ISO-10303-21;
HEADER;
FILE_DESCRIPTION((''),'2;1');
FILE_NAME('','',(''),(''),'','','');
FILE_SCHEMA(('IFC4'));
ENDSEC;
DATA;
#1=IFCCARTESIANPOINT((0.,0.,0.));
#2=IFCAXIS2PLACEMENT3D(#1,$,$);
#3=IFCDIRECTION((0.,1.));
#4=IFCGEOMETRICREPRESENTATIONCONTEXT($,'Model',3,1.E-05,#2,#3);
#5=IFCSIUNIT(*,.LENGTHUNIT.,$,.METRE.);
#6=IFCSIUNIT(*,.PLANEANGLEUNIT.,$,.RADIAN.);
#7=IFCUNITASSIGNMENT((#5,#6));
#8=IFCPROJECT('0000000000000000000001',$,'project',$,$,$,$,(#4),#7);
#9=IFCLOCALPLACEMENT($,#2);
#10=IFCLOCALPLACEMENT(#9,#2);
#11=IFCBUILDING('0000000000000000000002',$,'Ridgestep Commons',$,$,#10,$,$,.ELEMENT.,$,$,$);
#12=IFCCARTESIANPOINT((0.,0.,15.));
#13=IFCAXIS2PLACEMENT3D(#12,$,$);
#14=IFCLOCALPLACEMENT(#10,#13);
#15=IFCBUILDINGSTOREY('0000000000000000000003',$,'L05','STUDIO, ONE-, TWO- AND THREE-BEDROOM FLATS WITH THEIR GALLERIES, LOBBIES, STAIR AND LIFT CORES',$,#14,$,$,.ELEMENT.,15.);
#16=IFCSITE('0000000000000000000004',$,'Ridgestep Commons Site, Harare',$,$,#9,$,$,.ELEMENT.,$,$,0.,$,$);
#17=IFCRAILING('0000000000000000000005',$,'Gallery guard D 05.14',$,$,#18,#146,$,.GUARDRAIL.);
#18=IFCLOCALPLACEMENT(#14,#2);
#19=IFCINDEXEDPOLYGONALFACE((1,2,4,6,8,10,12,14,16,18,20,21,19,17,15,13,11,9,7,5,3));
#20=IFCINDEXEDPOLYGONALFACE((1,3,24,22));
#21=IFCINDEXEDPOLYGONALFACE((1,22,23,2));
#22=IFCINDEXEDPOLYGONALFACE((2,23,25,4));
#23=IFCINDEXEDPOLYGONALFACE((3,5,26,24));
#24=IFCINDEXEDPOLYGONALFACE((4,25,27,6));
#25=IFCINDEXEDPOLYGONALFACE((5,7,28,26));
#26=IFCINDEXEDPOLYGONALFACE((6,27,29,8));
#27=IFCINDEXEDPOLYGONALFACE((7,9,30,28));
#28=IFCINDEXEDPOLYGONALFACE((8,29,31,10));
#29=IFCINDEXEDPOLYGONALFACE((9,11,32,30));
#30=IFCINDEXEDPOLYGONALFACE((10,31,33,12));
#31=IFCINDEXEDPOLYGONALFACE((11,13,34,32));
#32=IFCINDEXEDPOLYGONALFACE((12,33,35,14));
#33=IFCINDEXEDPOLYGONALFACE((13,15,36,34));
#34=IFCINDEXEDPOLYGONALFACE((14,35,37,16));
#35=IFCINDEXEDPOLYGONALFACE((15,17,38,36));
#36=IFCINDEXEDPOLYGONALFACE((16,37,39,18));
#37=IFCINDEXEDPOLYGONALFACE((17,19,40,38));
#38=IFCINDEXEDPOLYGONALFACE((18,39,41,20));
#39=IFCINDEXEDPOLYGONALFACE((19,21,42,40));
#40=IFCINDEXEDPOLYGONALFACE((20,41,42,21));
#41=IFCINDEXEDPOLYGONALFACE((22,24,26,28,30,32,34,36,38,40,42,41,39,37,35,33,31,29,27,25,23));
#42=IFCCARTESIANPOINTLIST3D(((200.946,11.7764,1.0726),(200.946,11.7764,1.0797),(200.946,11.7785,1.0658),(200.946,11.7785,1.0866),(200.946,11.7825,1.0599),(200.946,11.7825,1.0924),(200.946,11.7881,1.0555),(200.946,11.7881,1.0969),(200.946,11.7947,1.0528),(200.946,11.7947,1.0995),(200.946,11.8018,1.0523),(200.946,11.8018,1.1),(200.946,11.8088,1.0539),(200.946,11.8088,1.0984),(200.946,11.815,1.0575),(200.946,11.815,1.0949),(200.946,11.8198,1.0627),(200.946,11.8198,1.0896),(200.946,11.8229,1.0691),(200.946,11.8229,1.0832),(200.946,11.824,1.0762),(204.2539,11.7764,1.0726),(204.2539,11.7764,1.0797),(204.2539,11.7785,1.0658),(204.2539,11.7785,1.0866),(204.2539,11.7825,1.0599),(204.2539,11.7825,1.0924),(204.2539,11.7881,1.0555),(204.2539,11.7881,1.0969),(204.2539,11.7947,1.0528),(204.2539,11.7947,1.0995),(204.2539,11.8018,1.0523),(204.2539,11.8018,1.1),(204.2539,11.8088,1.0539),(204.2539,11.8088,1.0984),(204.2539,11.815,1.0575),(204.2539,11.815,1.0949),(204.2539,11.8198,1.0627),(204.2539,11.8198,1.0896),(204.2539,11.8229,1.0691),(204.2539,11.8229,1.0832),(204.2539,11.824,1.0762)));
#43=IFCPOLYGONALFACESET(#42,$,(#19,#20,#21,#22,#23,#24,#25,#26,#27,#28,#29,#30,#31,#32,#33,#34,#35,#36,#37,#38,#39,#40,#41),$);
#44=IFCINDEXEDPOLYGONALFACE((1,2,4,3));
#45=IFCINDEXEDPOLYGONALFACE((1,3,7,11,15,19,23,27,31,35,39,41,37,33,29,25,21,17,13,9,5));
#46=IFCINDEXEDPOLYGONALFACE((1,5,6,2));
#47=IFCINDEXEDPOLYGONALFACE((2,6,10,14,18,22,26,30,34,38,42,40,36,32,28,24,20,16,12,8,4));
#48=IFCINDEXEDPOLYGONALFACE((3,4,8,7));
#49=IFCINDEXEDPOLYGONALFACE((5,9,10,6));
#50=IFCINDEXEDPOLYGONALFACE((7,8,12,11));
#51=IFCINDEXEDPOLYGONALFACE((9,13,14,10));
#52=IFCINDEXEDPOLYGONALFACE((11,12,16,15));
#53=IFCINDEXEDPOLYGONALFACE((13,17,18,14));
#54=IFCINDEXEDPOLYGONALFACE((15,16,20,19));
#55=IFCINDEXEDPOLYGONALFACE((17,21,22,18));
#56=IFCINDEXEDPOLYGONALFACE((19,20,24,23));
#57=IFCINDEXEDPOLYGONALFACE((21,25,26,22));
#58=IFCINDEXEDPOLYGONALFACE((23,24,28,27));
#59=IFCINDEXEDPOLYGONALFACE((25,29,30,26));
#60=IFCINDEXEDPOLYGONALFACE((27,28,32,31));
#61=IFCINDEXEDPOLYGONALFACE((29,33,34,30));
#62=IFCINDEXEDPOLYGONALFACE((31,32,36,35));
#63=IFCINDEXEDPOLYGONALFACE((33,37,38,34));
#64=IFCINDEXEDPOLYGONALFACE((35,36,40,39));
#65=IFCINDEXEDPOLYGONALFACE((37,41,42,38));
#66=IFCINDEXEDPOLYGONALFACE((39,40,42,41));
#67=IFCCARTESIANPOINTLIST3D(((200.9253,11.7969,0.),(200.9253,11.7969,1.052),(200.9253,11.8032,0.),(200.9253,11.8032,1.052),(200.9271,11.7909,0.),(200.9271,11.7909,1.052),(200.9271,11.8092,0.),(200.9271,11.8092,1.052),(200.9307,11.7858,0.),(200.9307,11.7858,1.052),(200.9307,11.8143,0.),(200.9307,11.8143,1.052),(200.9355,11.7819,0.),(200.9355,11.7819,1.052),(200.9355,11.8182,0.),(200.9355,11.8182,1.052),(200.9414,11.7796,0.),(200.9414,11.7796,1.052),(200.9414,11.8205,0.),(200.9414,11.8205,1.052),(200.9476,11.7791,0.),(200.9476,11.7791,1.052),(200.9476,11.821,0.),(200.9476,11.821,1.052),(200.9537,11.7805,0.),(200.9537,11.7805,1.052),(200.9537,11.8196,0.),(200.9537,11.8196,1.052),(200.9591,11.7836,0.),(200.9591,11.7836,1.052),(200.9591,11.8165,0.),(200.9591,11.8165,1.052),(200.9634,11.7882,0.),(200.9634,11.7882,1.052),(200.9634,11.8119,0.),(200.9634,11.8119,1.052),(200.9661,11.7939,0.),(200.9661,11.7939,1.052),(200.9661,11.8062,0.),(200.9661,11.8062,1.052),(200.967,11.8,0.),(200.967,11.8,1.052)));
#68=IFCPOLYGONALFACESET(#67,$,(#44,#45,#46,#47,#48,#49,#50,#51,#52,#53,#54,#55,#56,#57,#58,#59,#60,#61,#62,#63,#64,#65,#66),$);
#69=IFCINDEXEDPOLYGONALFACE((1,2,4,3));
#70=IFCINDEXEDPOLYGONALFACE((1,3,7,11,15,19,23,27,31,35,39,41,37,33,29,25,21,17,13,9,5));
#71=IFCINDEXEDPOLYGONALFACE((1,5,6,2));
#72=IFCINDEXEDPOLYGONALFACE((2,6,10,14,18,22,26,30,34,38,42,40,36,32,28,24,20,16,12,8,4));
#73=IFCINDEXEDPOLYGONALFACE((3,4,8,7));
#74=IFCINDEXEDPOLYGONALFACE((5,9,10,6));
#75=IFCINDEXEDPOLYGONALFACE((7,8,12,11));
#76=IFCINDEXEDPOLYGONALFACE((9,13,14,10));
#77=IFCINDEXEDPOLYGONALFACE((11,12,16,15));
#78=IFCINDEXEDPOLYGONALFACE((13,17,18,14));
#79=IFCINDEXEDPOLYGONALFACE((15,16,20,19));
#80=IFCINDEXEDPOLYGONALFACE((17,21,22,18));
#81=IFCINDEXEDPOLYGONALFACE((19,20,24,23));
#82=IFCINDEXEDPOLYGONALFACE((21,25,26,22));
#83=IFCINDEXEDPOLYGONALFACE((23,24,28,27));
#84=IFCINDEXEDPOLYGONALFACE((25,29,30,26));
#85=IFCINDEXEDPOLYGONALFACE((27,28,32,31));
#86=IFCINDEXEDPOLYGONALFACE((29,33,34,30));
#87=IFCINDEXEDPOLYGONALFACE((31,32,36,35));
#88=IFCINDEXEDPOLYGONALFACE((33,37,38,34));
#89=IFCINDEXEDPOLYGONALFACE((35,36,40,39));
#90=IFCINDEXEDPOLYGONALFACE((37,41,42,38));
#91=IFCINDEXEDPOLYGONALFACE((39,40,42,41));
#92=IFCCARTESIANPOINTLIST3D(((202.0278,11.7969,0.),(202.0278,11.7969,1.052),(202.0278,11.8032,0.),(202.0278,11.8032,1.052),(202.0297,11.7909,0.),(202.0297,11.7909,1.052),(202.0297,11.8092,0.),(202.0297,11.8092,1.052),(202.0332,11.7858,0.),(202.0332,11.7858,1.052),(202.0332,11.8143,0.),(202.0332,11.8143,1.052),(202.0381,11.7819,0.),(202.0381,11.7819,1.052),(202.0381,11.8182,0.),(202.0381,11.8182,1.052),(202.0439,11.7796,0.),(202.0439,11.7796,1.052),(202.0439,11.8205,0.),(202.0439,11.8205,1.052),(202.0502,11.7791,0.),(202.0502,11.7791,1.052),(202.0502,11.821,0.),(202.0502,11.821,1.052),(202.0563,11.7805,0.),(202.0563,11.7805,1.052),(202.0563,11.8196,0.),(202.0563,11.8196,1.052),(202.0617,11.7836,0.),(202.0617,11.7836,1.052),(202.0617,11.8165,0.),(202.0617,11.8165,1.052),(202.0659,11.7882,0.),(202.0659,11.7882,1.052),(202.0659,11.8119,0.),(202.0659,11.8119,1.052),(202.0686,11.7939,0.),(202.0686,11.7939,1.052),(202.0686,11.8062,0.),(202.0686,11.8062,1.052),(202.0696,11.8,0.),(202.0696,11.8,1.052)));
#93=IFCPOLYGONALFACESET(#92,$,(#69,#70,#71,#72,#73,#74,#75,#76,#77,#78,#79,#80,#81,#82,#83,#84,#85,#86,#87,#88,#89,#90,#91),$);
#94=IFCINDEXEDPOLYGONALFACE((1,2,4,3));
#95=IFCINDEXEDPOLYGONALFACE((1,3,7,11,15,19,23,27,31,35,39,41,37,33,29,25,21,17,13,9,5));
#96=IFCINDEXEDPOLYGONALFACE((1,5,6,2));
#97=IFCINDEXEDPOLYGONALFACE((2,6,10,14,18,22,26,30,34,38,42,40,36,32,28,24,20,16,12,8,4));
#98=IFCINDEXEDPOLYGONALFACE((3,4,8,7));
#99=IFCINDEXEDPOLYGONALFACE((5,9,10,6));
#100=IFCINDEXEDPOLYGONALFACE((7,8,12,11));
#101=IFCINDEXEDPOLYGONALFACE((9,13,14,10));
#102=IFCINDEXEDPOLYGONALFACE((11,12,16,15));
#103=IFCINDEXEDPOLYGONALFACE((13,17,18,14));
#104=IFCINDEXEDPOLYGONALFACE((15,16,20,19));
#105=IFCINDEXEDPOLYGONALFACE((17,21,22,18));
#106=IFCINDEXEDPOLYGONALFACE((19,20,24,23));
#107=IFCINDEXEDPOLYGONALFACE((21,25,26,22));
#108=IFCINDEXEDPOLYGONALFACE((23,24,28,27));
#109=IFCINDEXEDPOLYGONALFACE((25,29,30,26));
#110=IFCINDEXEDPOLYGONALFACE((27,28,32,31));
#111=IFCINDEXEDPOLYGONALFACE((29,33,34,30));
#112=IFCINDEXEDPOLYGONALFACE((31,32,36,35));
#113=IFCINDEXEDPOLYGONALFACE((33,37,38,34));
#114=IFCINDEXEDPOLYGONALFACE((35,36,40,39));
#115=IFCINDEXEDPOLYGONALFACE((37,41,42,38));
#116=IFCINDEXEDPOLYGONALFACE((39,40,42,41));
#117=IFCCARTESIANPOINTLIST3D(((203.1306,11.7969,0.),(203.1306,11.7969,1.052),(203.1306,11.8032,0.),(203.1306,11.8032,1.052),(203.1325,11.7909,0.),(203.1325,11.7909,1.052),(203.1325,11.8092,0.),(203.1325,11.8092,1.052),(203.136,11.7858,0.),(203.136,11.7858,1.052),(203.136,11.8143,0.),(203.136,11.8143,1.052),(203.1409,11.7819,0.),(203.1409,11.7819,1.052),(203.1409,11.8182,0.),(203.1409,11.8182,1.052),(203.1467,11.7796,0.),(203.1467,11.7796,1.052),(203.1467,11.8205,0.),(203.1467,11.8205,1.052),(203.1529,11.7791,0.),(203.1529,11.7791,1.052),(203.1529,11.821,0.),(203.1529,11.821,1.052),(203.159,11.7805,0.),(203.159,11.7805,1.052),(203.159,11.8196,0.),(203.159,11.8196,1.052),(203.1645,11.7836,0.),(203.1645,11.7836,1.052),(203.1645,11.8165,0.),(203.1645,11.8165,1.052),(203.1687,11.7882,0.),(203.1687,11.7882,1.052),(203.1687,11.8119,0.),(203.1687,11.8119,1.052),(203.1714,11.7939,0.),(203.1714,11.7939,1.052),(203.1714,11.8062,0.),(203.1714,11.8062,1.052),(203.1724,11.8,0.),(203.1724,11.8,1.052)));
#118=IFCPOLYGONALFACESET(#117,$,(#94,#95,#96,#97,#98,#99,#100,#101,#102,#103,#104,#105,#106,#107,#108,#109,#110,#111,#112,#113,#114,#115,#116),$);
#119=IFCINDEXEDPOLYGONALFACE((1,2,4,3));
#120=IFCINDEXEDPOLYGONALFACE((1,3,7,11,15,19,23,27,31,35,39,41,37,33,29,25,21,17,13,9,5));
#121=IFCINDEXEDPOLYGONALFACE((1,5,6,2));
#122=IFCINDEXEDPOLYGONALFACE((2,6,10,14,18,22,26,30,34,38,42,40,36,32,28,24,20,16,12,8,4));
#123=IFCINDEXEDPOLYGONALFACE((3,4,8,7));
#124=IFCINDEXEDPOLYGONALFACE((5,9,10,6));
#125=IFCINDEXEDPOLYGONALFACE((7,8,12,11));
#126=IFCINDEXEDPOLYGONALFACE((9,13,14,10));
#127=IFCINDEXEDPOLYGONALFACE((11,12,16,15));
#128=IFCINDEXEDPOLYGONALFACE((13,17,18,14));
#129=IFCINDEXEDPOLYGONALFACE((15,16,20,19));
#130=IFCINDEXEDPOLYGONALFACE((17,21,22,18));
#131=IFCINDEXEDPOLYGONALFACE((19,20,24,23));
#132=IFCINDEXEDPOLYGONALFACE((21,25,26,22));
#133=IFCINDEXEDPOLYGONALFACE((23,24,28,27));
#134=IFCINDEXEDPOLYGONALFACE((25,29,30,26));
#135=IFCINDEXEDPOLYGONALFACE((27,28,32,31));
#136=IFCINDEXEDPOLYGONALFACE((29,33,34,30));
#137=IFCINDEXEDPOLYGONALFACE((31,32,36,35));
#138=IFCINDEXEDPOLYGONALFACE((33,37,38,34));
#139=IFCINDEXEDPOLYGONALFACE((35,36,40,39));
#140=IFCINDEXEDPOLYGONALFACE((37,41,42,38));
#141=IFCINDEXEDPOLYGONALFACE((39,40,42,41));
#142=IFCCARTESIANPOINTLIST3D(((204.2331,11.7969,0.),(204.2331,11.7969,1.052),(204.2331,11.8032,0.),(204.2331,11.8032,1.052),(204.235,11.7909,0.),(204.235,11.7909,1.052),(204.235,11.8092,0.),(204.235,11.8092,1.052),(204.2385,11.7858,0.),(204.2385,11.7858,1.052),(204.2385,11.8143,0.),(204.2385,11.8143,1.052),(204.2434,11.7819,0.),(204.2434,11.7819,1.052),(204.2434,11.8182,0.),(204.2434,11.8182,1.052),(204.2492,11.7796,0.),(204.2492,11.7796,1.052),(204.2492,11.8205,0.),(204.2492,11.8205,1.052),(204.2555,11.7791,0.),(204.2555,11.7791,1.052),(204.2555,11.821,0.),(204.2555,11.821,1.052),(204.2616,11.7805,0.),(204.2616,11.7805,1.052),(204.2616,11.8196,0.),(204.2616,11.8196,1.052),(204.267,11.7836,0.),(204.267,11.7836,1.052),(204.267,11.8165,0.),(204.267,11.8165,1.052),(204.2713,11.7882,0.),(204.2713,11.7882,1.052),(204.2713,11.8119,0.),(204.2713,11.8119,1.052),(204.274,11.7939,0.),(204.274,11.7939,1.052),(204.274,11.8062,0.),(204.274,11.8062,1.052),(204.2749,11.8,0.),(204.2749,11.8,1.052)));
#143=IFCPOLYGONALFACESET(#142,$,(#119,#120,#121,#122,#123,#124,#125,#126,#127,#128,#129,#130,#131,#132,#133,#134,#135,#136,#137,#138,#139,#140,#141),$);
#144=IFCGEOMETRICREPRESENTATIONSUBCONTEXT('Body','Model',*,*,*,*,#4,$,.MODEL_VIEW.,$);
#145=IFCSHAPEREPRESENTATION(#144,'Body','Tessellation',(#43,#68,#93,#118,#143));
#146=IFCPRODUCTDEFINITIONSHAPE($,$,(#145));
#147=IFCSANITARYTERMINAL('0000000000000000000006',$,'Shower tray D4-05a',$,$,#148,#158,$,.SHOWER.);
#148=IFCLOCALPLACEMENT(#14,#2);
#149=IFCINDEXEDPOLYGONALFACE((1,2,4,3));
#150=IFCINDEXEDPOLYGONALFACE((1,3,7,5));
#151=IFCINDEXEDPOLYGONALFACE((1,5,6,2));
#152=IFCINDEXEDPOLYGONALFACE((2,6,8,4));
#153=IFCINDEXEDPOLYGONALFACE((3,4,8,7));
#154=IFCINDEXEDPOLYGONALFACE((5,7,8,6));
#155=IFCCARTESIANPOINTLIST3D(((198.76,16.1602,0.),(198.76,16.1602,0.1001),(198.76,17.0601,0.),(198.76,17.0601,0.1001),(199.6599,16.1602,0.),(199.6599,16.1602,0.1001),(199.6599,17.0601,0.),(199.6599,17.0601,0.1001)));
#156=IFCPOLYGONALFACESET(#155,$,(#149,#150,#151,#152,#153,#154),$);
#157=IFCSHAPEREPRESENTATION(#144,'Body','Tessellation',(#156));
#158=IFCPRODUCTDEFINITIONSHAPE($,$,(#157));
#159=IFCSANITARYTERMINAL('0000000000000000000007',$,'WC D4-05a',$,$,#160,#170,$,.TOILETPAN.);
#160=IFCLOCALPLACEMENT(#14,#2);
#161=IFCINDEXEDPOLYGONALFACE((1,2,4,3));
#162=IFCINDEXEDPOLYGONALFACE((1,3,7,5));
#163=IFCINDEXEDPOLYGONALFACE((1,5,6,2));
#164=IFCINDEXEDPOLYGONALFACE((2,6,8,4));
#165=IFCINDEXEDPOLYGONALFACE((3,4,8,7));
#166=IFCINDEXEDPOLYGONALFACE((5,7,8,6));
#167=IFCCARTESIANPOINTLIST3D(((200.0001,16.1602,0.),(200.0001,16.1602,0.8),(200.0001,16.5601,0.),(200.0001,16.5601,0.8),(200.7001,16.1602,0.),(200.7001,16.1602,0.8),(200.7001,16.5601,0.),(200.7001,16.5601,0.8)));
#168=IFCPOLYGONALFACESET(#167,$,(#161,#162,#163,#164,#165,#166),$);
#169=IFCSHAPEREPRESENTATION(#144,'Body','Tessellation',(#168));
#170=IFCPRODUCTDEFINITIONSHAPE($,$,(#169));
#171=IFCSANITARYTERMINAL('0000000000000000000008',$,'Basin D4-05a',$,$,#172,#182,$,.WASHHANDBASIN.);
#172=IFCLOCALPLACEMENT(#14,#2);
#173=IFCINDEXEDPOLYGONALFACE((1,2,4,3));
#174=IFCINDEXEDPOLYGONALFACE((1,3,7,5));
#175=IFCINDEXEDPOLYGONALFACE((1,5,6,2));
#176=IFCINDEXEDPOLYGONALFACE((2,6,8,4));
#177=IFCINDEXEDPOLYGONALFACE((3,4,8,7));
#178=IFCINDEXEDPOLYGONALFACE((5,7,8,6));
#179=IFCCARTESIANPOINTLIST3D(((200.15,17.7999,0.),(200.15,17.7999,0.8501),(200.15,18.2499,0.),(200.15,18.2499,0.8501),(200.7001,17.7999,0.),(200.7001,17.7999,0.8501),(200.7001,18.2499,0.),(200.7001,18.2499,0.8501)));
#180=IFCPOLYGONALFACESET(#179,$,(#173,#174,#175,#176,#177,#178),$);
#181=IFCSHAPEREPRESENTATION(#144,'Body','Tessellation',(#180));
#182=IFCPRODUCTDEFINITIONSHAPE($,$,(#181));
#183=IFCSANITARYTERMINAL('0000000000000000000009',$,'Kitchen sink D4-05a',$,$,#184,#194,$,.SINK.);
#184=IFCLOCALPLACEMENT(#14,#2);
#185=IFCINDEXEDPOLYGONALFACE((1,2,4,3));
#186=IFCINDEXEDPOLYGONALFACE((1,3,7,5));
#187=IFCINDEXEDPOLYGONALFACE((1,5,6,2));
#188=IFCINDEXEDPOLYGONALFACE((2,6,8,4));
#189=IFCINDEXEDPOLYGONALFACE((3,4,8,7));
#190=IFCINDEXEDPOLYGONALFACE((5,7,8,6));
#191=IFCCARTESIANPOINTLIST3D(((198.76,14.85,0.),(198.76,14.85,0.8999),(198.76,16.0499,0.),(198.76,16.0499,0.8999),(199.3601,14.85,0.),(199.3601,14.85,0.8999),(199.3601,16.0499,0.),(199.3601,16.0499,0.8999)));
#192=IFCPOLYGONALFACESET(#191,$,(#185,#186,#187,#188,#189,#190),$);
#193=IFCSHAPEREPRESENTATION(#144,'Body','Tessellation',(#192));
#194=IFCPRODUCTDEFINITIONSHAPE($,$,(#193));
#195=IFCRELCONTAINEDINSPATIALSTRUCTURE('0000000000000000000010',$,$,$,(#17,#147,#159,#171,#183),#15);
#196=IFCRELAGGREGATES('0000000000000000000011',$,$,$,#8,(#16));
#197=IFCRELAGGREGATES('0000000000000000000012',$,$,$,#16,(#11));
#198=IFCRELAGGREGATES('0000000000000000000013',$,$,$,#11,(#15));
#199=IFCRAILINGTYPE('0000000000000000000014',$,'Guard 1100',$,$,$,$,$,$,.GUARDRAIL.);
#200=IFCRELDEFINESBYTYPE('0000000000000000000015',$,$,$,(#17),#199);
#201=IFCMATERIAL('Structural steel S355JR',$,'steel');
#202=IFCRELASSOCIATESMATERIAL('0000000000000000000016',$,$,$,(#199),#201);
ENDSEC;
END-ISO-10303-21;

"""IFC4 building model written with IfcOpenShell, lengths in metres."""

from ifc_helpers import new_model, si_unit, direction, frame, origin, origin_2d, place, context, subcontext, project, spatial, rectangle, circle, extrude, material, type_object, element, save


model = new_model("IFC4")

# Units and contexts
model_context = context("Model", 3, precision=1e-05, world=origin(), true_north=direction((0.0, 1.0)))
body_context = subcontext(model_context, "Body", "Model", "MODEL_VIEW")
ifc_project = project(units=[si_unit("LENGTHUNIT", "METRE"), si_unit("PLANEANGLEUNIT", "RADIAN")], contexts=[model_context])

# Site, building, storey
site_placement = place(None, origin())
site = spatial("IfcSite", under=ifc_project, at=site_placement, Name="Ridgestep Commons Site, Harare", CompositionType="ELEMENT", RefElevation=0.0)
building_placement = place(site_placement, origin())
building = spatial("IfcBuilding", under=site, at=building_placement, Name="Ridgestep Commons", CompositionType="ELEMENT")
storey_placement = place(building_placement, frame((0.0, 0.0, 15.0)))
storey = spatial("IfcBuildingStorey", under=building, at=storey_placement, Name="L05", Description="STUDIO, ONE-, TWO- AND THREE-BEDROOM FLATS WITH THEIR GALLERIES, LOBBIES, STAIR AND LIFT CORES", CompositionType="ELEMENT", Elevation=15.0)

# Railing
ifc_material_1 = material(Name="Structural steel S355JR", Category="steel")
railing_type = type_object("IfcRailingType", Name="Guard 1100", PredefinedType="GUARDRAIL", material=ifc_material_1)
railing_placement = place(storey_placement, frame((200.946, 11.8, 0.0)))
element("IfcRailing", 1, at=railing_placement, inside=storey, type_object=railing_type, Name="Gallery guard D 05.14", PredefinedType="GUARDRAIL", context=body_context, shape_type="SweptSolid", body=[
    extrude(circle(Radius=0.0239, at=origin_2d()), frame((0.0, 0.0, 1.0762), z_axis=(1.0, 0.0, 0.0), x_axis=(0.0, 1.0, 0.0)), (0.0, 0.0, 1.0), 3.3079),
    extrude(circle(Radius=0.021, at=origin_2d()), origin(), (0.0, 0.0, 1.0), 1.052),
    extrude(circle(Radius=0.021, at=origin_2d()), frame((1.1025, 0.0, 0.0)), (0.0, 0.0, 1.0), 1.052),
    extrude(circle(Radius=0.021, at=origin_2d()), frame((2.2053, 0.0, 0.0)), (0.0, 0.0, 1.0), 1.052),
    extrude(circle(Radius=0.021, at=origin_2d()), frame((3.3079, 0.0, 0.0)), (0.0, 0.0, 1.0), 1.052),
])

# Sanitary terminals
sanitary_terminal_1_placement = place(storey_placement, frame((199.21, 16.6101, 0.0), z_axis=(0.0, 0.0, 1.0), x_axis=(1.0, 0.0, 0.0)))
element("IfcSanitaryTerminal", 2, at=sanitary_terminal_1_placement, inside=storey, Name="Shower tray D4-05a", PredefinedType="SHOWER", context=body_context, shape_type="SweptSolid", body=[
    extrude(rectangle(XDim=0.8999, YDim=0.8999, at=origin_2d()), origin(), (0.0, 0.0, 1.0), 0.1001),
])
sanitary_terminal_2_placement = place(storey_placement, frame((200.3501, 16.3601, 0.0), z_axis=(0.0, 0.0, 1.0), x_axis=(1.0, 0.0, 0.0)))
element("IfcSanitaryTerminal", 3, at=sanitary_terminal_2_placement, inside=storey, Name="WC D4-05a", PredefinedType="TOILETPAN", context=body_context, shape_type="SweptSolid", body=[
    extrude(rectangle(XDim=0.7, YDim=0.3999, at=origin_2d()), origin(), (0.0, 0.0, 1.0), 0.8),
])
sanitary_terminal_3_placement = place(storey_placement, frame((200.425, 18.0249, 0.0), z_axis=(0.0, 0.0, 1.0), x_axis=(1.0, 0.0, 0.0)))
element("IfcSanitaryTerminal", 4, at=sanitary_terminal_3_placement, inside=storey, Name="Basin D4-05a", PredefinedType="WASHHANDBASIN", context=body_context, shape_type="SweptSolid", body=[
    extrude(rectangle(XDim=0.55, YDim=0.45, at=origin_2d()), origin(), (0.0, 0.0, 1.0), 0.8501),
])
sanitary_terminal_4_placement = place(storey_placement, frame((199.0601, 15.45, 0.0), z_axis=(0.0, 0.0, 1.0), x_axis=(1.0, 0.0, 0.0)))
element("IfcSanitaryTerminal", 5, at=sanitary_terminal_4_placement, inside=storey, Name="Kitchen sink D4-05a", PredefinedType="SINK", context=body_context, shape_type="SweptSolid", body=[
    extrude(rectangle(XDim=0.6001, YDim=1.2, at=origin_2d()), origin(), (0.0, 0.0, 1.0), 0.8999),
])

save(model, "model.ifc")
